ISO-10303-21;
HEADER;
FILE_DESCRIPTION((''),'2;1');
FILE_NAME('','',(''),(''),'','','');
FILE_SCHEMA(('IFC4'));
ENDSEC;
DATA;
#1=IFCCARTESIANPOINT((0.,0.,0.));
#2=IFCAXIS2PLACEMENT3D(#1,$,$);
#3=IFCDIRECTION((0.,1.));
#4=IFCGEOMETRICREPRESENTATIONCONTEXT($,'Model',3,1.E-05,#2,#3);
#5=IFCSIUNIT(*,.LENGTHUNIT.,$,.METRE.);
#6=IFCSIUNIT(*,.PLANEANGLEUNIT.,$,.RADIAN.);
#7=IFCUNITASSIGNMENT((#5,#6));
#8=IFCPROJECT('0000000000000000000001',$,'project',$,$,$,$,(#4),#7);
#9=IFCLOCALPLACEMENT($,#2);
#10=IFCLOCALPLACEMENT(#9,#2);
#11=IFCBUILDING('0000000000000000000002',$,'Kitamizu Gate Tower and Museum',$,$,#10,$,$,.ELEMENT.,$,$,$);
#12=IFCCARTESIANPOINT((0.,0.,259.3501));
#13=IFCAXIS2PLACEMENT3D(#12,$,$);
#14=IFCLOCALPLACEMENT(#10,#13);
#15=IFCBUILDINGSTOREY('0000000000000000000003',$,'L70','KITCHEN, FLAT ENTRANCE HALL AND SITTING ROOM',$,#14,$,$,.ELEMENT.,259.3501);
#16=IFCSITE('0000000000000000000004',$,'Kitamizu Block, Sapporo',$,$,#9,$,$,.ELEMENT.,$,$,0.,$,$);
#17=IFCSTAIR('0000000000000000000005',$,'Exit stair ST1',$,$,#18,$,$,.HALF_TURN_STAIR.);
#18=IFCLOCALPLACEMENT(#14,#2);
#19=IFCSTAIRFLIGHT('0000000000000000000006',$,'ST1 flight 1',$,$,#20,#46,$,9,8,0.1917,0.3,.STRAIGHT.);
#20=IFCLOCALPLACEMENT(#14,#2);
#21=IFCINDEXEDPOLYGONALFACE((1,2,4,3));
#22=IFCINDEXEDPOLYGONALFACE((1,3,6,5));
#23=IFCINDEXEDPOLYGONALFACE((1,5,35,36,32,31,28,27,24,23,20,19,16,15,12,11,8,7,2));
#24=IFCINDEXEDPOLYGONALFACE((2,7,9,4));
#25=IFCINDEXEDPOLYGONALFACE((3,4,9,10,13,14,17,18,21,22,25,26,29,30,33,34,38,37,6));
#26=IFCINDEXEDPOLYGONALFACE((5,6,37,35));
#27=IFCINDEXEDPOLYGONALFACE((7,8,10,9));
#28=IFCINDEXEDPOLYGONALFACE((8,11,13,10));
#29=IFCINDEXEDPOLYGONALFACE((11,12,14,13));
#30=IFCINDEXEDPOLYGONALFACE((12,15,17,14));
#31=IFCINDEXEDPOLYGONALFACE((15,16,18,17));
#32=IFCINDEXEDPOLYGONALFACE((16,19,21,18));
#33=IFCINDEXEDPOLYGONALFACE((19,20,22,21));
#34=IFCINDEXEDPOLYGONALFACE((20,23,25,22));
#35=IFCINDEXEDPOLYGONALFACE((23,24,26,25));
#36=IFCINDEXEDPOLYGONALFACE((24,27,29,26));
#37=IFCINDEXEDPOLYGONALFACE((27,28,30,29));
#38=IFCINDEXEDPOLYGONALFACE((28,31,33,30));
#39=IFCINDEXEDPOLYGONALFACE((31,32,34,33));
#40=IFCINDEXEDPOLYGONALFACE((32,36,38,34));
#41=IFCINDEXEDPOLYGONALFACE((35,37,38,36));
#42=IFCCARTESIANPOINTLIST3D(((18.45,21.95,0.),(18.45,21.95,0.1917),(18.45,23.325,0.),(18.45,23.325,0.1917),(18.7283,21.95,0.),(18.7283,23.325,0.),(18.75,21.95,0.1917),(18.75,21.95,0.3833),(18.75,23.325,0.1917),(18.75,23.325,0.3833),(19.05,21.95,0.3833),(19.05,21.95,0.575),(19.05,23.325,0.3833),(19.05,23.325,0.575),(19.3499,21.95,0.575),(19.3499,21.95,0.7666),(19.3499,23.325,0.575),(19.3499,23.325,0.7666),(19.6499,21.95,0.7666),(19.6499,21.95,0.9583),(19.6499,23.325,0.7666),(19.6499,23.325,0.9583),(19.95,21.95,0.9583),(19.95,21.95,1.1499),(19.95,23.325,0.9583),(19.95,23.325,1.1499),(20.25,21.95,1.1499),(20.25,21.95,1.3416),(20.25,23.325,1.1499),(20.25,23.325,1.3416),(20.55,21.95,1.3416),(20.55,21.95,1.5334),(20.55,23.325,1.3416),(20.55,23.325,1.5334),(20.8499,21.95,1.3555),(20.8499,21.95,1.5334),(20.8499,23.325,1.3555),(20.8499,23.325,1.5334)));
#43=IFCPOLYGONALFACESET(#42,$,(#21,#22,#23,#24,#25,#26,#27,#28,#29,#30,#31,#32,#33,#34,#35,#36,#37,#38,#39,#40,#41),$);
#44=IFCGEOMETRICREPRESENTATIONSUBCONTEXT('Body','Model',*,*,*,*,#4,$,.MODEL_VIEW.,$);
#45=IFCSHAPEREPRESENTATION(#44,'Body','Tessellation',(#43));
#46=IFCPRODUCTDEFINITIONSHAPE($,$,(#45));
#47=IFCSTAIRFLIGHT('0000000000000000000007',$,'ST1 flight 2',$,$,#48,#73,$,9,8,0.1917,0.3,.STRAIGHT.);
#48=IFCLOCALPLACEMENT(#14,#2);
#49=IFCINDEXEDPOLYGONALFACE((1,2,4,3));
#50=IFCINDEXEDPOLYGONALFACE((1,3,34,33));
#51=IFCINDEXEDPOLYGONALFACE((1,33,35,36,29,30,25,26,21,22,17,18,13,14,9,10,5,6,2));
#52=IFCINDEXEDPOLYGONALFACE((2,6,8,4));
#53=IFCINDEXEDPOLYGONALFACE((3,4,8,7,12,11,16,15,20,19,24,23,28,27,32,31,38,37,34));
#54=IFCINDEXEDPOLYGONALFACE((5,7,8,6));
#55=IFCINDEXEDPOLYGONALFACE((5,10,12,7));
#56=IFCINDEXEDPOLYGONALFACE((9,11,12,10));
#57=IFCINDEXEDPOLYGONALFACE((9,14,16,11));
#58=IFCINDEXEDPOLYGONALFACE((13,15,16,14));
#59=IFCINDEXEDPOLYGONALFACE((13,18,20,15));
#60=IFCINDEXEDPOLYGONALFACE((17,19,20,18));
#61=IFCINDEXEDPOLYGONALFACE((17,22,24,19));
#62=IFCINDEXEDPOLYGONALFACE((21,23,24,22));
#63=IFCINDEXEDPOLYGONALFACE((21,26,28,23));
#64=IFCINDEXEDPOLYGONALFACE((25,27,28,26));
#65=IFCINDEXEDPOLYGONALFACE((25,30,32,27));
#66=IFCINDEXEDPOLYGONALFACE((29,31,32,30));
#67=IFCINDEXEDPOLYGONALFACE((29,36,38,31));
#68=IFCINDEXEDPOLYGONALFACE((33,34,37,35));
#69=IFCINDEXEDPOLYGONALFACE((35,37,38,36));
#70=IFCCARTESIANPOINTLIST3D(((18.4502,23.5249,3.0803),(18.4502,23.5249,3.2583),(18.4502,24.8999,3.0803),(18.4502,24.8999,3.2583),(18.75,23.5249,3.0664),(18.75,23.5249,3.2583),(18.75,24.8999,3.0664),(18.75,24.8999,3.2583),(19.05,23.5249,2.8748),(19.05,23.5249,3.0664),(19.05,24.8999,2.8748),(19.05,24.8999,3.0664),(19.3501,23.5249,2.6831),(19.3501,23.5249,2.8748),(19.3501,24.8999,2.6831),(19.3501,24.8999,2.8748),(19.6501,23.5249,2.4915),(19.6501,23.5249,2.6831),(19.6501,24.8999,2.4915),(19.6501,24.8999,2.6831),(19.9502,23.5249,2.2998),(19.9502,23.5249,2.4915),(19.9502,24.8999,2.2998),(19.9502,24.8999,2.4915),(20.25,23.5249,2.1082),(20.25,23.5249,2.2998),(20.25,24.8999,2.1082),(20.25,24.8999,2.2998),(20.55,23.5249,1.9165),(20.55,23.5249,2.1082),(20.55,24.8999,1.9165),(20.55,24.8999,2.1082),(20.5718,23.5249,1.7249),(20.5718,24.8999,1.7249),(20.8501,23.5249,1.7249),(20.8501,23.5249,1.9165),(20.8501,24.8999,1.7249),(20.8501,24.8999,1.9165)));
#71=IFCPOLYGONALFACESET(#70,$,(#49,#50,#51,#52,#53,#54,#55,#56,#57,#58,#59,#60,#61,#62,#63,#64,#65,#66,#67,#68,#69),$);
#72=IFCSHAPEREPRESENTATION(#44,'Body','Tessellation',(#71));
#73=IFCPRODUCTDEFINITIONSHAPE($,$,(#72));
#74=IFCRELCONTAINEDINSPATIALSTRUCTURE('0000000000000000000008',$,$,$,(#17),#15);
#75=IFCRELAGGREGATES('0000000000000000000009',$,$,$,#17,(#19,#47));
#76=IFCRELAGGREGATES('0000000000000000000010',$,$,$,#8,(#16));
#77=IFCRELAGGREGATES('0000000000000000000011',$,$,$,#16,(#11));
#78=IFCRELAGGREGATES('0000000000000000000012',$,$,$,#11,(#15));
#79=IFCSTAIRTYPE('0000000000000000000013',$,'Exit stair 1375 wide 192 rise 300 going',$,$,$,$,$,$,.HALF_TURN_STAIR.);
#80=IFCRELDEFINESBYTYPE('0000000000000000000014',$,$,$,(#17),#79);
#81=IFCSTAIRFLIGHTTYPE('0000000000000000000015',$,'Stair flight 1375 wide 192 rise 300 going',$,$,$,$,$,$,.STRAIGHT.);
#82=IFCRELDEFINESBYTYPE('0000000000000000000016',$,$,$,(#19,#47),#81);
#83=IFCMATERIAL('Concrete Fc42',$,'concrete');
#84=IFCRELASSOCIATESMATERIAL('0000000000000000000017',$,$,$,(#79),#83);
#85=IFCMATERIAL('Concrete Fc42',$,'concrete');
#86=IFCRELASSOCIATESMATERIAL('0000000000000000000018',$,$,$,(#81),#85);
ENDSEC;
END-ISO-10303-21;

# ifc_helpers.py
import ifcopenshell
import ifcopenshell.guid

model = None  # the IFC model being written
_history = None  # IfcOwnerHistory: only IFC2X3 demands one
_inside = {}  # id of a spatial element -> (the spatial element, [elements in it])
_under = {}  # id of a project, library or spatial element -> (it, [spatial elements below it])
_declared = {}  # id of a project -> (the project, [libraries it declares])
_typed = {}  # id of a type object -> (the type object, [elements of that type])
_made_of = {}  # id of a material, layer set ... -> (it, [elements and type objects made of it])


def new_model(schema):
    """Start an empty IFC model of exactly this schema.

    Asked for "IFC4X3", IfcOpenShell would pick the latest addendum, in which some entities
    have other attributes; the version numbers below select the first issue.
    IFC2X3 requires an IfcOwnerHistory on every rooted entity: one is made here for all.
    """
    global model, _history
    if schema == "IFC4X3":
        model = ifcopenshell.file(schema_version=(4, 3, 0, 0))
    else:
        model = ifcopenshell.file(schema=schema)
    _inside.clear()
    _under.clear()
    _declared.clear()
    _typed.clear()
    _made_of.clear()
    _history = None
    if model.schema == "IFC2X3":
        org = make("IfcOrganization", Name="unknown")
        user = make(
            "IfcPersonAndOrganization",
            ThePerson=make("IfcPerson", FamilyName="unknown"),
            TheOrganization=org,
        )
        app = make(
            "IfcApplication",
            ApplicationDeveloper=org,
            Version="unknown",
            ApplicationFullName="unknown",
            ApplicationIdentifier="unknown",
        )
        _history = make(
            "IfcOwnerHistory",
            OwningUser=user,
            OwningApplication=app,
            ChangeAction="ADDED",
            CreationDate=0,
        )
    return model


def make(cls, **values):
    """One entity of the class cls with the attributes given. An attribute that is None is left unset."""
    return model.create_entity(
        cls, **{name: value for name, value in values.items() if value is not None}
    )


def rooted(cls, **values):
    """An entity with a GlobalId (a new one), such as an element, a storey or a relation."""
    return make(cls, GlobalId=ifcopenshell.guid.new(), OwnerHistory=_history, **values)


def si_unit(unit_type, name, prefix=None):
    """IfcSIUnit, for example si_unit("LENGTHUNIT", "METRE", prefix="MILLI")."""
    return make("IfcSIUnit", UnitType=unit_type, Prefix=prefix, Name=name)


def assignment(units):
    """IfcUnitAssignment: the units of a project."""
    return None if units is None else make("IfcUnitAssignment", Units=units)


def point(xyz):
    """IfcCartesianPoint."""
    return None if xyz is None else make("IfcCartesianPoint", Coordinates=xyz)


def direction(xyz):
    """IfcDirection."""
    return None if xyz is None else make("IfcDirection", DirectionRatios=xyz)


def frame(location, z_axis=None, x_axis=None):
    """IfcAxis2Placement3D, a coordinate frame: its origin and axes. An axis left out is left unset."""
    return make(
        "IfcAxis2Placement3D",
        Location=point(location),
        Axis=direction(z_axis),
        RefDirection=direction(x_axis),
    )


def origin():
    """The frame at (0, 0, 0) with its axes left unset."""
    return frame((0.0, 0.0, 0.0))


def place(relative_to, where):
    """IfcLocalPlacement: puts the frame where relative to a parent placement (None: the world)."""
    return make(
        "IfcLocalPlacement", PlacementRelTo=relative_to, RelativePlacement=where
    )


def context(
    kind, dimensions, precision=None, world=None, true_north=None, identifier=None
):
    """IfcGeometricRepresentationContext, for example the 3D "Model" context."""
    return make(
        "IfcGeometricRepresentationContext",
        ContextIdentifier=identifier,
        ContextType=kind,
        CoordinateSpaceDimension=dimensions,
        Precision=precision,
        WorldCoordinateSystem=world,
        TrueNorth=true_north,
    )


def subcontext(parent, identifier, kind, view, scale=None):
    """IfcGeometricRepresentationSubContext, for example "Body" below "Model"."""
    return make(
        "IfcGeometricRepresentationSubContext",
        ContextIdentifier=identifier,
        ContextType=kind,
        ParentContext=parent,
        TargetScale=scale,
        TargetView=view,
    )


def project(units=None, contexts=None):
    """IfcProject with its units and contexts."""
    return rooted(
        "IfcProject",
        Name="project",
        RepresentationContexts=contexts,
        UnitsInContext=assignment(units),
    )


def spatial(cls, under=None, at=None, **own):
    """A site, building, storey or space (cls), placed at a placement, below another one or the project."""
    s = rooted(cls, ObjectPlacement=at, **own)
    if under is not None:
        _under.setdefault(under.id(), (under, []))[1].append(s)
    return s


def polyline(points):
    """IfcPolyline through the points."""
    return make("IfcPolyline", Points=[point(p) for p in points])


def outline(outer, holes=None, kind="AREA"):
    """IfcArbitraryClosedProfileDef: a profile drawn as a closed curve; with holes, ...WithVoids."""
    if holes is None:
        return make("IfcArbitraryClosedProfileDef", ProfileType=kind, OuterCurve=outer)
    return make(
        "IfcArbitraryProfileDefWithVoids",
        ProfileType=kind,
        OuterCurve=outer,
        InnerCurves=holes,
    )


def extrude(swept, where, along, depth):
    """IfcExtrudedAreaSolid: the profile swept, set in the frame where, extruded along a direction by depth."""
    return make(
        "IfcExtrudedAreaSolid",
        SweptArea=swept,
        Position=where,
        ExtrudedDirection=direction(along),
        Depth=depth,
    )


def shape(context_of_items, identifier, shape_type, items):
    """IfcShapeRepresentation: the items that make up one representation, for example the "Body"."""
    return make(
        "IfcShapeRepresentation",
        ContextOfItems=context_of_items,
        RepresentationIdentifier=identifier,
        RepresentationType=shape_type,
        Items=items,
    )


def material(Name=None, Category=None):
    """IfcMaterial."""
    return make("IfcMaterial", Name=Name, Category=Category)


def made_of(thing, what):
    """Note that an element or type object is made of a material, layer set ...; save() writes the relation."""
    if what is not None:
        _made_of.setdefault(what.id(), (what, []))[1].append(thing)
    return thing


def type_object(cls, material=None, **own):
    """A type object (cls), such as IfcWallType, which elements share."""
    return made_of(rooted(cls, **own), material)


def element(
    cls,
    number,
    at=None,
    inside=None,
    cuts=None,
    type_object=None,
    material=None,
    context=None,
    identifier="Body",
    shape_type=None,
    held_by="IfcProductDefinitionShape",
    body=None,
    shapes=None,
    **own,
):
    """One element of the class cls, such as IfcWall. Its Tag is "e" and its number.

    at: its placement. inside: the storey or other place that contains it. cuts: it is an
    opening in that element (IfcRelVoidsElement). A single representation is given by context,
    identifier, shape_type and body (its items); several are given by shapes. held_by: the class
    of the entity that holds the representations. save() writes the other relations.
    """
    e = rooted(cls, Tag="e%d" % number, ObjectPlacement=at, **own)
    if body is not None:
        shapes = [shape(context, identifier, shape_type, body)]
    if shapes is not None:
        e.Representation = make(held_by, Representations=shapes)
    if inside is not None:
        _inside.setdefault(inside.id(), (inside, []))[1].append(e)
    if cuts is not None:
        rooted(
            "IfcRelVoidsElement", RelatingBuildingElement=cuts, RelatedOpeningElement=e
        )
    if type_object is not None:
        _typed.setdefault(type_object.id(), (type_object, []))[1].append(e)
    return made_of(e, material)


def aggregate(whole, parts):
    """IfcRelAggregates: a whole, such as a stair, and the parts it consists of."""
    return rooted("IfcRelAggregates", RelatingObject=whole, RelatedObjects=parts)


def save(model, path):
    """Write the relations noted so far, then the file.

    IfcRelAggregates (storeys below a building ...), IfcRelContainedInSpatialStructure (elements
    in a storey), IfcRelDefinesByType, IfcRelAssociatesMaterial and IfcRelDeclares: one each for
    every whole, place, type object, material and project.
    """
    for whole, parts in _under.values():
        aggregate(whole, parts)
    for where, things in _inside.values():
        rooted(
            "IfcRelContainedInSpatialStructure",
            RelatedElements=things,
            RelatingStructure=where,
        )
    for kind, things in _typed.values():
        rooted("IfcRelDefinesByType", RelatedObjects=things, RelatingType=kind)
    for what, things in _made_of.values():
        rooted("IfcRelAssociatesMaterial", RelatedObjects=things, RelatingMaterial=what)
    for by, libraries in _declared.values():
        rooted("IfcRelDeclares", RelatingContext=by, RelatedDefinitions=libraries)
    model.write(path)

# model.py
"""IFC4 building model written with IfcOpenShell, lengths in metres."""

from ifc_helpers import new_model, si_unit, direction, frame, origin, place, context, subcontext, project, spatial, polyline, outline, extrude, material, type_object, element, aggregate, save


model = new_model("IFC4")

# Units and contexts
model_context = context("Model", 3, precision=1e-05, world=origin(), true_north=direction((0.0, 1.0)))
body_context = subcontext(model_context, "Body", "Model", "MODEL_VIEW")
ifc_project = project(units=[si_unit("LENGTHUNIT", "METRE"), si_unit("PLANEANGLEUNIT", "RADIAN")], contexts=[model_context])

# Site, building, storey
site_placement = place(None, origin())
site = spatial("IfcSite", under=ifc_project, at=site_placement, Name="Kitamizu Block, Sapporo", CompositionType="ELEMENT", RefElevation=0.0)
building_placement = place(site_placement, origin())
building = spatial("IfcBuilding", under=site, at=building_placement, Name="Kitamizu Gate Tower and Museum", CompositionType="ELEMENT")
storey_placement = place(building_placement, frame((0.0, 0.0, 259.3501)))
storey = spatial("IfcBuildingStorey", under=building, at=storey_placement, Name="L70", Description="KITCHEN, FLAT ENTRANCE HALL AND SITTING ROOM", CompositionType="ELEMENT", Elevation=259.3501)

# Stair, stair flights
ifc_material_1 = material(Name="Concrete Fc42", Category="concrete")
stair_type = type_object("IfcStairType", Name="Exit stair 1375 wide 192 rise 300 going", PredefinedType="HALF_TURN_STAIR", material=ifc_material_1)
stair_placement = place(storey_placement, origin())
stair = element("IfcStair", 1, at=stair_placement, inside=storey, type_object=stair_type, Name="Exit stair ST1", PredefinedType="HALF_TURN_STAIR")
ifc_material_2 = material(Name="Concrete Fc42", Category="concrete")
stair_flight_type = type_object("IfcStairFlightType", Name="Stair flight 1375 wide 192 rise 300 going", PredefinedType="STRAIGHT", material=ifc_material_2)
stair_flight_1_placement = place(storey_placement, frame((18.45, 22.6375, 0.0), z_axis=(0.0, 0.0, 1.0), x_axis=(1.0, 0.0, 0.0)))
stair_flight_1 = element("IfcStairFlight", 2, at=stair_flight_1_placement, type_object=stair_flight_type, Name="ST1 flight 1", NumberOfRisers=9, NumberOfTreads=8, PredefinedType="STRAIGHT", RiserHeight=0.1917, TreadLength=0.3, context=body_context, shape_type="SweptSolid", body=[
    extrude(outline(polyline([(0.0, 0.0), (0.0, 0.1917), (0.3, 0.1917), (0.3, 0.3833), (0.6001, 0.3833), (0.6001, 0.575), (0.8999, 0.575), (0.8999, 0.7666), (1.2, 0.7666), (1.2, 0.9583), (1.5, 0.9583), (1.5, 1.1499), (1.8, 1.1499), (1.8, 1.3416), (2.1001, 1.3416), (2.1001, 1.5334), (2.3999, 1.5334), (2.3999, 1.7251), (2.3999, 1.3555), (0.2783, 0.0), (0.0, 0.0)])), frame((0.0, 0.6875, 0.0), z_axis=(0.0, -1.0, 0.0), x_axis=(1.0, 0.0, 0.0)), (0.0, 0.0, 1.0), 1.375),
])
stair_flight_2_placement = place(storey_placement, frame((20.8501, 24.2124, 1.7249), z_axis=(0.0, 0.0, 1.0), x_axis=(-1.0, 0.0, 0.0)))
stair_flight_2 = element("IfcStairFlight", 3, at=stair_flight_2_placement, type_object=stair_flight_type, Name="ST1 flight 2", NumberOfRisers=9, NumberOfTreads=8, PredefinedType="STRAIGHT", RiserHeight=0.1917, TreadLength=0.3, context=body_context, shape_type="SweptSolid", body=[
    extrude(outline(polyline([(0.0, 0.0), (0.0, 0.1917), (0.3, 0.1917), (0.3, 0.3833), (0.6001, 0.3833), (0.6001, 0.575), (0.8999, 0.575), (0.8999, 0.7666), (1.2, 0.7666), (1.2, 0.9583), (1.5, 0.9583), (1.5, 1.1499), (1.8, 1.1499), (1.8, 1.3416), (2.1001, 1.3416), (2.1001, 1.5334), (2.3999, 1.5334), (2.3999, 1.7251), (2.3999, 1.3555), (0.2783, 0.0), (0.0, 0.0)])), frame((0.0, 0.6875, 0.0), z_axis=(0.0, -1.0, 0.0), x_axis=(1.0, 0.0, 0.0)), (0.0, 0.0, 1.0), 1.375),
])
aggregate(stair, [stair_flight_1, stair_flight_2])

save(model, "model.ifc")
